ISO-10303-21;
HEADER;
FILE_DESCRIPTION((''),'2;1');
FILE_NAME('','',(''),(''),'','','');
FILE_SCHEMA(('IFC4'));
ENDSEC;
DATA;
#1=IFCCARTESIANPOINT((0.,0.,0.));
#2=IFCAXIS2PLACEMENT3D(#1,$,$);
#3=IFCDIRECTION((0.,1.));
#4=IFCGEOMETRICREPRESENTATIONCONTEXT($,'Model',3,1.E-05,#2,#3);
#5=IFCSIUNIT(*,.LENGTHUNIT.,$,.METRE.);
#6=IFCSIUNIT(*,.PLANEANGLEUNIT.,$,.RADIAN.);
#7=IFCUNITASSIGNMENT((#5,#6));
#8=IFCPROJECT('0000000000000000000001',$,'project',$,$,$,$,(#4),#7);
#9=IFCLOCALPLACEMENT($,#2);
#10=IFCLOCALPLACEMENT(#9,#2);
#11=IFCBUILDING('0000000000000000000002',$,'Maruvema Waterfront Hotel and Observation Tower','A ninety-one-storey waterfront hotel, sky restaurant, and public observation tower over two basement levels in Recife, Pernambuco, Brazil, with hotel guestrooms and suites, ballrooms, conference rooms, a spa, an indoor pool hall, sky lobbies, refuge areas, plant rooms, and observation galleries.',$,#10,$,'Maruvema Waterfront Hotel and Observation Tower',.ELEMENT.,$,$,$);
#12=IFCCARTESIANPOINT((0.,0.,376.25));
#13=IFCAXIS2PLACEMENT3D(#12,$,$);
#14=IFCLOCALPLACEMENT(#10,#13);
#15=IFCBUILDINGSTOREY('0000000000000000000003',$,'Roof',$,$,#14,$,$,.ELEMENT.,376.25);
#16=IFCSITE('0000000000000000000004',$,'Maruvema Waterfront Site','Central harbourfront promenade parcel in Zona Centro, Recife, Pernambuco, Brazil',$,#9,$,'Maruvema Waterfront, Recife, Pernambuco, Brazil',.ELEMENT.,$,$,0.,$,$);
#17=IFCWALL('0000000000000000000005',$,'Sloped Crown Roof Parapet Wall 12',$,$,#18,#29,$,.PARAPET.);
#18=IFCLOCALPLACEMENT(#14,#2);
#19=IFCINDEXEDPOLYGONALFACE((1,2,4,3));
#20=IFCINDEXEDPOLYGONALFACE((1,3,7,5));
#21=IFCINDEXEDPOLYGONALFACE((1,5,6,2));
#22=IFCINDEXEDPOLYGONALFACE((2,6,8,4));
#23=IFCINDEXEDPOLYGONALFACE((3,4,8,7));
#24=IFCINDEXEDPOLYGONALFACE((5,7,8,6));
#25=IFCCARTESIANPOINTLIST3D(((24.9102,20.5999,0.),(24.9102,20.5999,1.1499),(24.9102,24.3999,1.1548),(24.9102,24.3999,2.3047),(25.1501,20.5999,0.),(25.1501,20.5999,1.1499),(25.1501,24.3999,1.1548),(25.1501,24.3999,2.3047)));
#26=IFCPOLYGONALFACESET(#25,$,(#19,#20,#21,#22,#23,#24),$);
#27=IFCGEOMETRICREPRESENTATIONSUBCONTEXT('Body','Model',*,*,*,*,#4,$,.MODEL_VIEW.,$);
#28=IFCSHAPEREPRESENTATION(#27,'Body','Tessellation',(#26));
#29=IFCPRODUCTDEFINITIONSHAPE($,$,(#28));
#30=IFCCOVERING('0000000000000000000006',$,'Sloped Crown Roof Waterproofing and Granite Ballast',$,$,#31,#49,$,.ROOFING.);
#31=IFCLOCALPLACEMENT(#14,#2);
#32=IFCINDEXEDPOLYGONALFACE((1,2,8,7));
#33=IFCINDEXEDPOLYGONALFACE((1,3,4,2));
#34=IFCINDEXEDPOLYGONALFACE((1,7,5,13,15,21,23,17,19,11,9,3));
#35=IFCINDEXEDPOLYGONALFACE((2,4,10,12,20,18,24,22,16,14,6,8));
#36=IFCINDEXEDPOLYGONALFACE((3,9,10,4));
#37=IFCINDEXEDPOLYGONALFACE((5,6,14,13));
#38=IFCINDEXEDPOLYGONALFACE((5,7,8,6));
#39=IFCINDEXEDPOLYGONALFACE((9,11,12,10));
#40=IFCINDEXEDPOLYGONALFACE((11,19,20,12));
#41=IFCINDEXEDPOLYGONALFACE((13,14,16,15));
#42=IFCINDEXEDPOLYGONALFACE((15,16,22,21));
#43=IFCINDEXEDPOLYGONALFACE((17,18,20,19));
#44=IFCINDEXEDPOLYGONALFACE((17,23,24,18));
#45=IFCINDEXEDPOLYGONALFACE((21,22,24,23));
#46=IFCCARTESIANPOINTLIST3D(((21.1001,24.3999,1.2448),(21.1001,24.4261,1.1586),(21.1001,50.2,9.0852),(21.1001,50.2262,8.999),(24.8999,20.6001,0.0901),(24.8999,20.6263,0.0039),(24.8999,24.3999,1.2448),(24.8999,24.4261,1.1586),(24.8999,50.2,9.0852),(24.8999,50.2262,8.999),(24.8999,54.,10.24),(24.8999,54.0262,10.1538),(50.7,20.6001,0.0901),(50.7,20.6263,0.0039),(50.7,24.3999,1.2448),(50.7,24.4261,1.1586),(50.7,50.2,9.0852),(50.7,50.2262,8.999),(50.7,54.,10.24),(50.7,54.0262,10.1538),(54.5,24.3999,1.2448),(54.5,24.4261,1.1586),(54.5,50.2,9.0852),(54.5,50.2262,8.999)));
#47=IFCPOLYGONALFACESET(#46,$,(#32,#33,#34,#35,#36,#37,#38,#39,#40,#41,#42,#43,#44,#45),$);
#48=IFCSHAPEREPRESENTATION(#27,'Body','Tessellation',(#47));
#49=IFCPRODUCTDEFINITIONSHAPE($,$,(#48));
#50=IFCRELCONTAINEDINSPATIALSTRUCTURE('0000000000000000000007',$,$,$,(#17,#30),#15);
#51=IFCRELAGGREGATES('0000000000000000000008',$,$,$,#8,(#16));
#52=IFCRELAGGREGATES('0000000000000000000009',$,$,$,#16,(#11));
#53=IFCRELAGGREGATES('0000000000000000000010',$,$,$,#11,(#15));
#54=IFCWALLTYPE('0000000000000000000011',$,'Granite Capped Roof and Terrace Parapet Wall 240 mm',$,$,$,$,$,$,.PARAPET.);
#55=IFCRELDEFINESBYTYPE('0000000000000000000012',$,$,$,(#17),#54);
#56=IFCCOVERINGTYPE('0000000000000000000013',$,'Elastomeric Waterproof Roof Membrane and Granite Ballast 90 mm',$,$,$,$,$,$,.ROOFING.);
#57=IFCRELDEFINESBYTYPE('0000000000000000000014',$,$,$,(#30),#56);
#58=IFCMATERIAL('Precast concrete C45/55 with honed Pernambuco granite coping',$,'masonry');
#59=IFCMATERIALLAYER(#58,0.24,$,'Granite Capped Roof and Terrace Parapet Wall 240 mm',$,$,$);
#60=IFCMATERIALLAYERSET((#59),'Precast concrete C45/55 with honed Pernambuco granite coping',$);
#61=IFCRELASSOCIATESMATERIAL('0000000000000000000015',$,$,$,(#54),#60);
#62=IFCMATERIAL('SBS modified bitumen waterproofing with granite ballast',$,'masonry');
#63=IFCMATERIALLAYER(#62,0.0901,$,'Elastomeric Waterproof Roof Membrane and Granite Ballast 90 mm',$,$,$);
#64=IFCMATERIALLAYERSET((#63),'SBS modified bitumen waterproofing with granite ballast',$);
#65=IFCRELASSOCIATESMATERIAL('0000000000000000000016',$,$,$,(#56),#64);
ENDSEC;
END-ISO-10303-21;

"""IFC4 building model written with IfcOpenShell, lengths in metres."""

from ifc_helpers import new_model, si_unit, direction, frame, origin, place, context, subcontext, project, spatial, polyline, outline, extrude, material, layer, layer_set, type_object, element, save


model = new_model("IFC4")

# Units and contexts
model_context = context("Model", 3, precision=1e-05, world=origin(), true_north=direction((0.0, 1.0)))
body_context = subcontext(model_context, "Body", "Model", "MODEL_VIEW")
ifc_project = project(units=[si_unit("LENGTHUNIT", "METRE"), si_unit("PLANEANGLEUNIT", "RADIAN")], contexts=[model_context])

# Site, building, storey
site_placement = place(None, origin())
site = spatial("IfcSite", under=ifc_project, at=site_placement, Name="Maruvema Waterfront Site", Description="Central harbourfront promenade parcel in Zona Centro, Recife, Pernambuco, Brazil", LongName="Maruvema Waterfront, Recife, Pernambuco, Brazil", CompositionType="ELEMENT", RefElevation=0.0)
building_placement = place(site_placement, origin())
building = spatial("IfcBuilding", under=site, at=building_placement, Name="Maruvema Waterfront Hotel and Observation Tower", Description="A ninety-one-storey waterfront hotel, sky restaurant, and public observation tower over two basement levels in Recife, Pernambuco, Brazil, with hotel guestrooms and suites, ballrooms, conference rooms, a spa, an indoor pool hall, sky lobbies, refuge areas, plant rooms, and observation galleries.", LongName="Maruvema Waterfront Hotel and Observation Tower", CompositionType="ELEMENT")
storey_placement = place(building_placement, frame((0.0, 0.0, 376.25)))
storey = spatial("IfcBuildingStorey", under=building, at=storey_placement, Name="Roof", CompositionType="ELEMENT", Elevation=376.25)

# Wall
ifc_material_1 = material(Name="Precast concrete C45/55 with honed Pernambuco granite coping", Category="masonry")
ifc_layer_1 = layer(ifc_material_1, 0.24, Name="Granite Capped Roof and Terrace Parapet Wall 240 mm")
ifc_layer_set_1 = layer_set([ifc_layer_1], Name="Precast concrete C45/55 with honed Pernambuco granite coping")
wall_type_1 = type_object("IfcWallType", Name="Granite Capped Roof and Terrace Parapet Wall 240 mm", PredefinedType="PARAPET", material=ifc_layer_set_1)
wall_1_placement = place(storey_placement, frame((25.03, 24.3999, 0.0), z_axis=(0.0, 0.0, 1.0), x_axis=(0.0, -1.0, 0.0)))
element("IfcWall", 1, at=wall_1_placement, inside=storey, type_object=wall_type_1, Name="Sloped Crown Roof Parapet Wall 12", PredefinedType="PARAPET", context=body_context, shape_type="SweptSolid", body=[
    extrude(outline(polyline([(0.0, 1.1548), (3.8, 0.0), (3.8, 1.1499), (0.0, 2.3047), (0.0, 1.1548)])), frame((0.0, 0.1201, 0.0), z_axis=(0.0, -1.0, 0.0), x_axis=(1.0, 0.0, 0.0)), (0.0, 0.0, 1.0), 0.24),
])

# Covering
ifc_material_2 = material(Name="SBS modified bitumen waterproofing with granite ballast", Category="masonry")
ifc_layer_2 = layer(ifc_material_2, 0.0901, Name="Elastomeric Waterproof Roof Membrane and Granite Ballast 90 mm")
ifc_layer_set_2 = layer_set([ifc_layer_2], Name="SBS modified bitumen waterproofing with granite ballast")
covering_type = type_object("IfcCoveringType", Name="Elastomeric Waterproof Roof Membrane and Granite Ballast 90 mm", PredefinedType="ROOFING", material=ifc_layer_set_2)
covering_placement = place(storey_placement, frame((24.8999, 20.6001, 0.0901), z_axis=(0.0, -0.290761, 0.956796), x_axis=(1.0, 0.0, 0.0)))
element("IfcCovering", 2, at=covering_placement, inside=storey, type_object=covering_type, Name="Sloped Crown Roof Waterproofing and Granite Ballast", PredefinedType="ROOFING", context=body_context, shape_type="SweptSolid", body=[
    extrude(outline(polyline([(0.0, 0.0), (25.8, 0.0), (25.8, 3.9714), (29.6001, 3.9714), (29.6001, 30.9364), (25.8, 30.9364), (25.8, 34.9081), (0.0, 34.9081), (0.0, 30.9364), (-3.7998, 30.9364), (-3.7998, 3.9714), (0.0, 3.9714), (0.0, 0.0)])), origin(), (0.0, 0.0, -1.0), 0.0901),
])

save(model, "model.ifc")
